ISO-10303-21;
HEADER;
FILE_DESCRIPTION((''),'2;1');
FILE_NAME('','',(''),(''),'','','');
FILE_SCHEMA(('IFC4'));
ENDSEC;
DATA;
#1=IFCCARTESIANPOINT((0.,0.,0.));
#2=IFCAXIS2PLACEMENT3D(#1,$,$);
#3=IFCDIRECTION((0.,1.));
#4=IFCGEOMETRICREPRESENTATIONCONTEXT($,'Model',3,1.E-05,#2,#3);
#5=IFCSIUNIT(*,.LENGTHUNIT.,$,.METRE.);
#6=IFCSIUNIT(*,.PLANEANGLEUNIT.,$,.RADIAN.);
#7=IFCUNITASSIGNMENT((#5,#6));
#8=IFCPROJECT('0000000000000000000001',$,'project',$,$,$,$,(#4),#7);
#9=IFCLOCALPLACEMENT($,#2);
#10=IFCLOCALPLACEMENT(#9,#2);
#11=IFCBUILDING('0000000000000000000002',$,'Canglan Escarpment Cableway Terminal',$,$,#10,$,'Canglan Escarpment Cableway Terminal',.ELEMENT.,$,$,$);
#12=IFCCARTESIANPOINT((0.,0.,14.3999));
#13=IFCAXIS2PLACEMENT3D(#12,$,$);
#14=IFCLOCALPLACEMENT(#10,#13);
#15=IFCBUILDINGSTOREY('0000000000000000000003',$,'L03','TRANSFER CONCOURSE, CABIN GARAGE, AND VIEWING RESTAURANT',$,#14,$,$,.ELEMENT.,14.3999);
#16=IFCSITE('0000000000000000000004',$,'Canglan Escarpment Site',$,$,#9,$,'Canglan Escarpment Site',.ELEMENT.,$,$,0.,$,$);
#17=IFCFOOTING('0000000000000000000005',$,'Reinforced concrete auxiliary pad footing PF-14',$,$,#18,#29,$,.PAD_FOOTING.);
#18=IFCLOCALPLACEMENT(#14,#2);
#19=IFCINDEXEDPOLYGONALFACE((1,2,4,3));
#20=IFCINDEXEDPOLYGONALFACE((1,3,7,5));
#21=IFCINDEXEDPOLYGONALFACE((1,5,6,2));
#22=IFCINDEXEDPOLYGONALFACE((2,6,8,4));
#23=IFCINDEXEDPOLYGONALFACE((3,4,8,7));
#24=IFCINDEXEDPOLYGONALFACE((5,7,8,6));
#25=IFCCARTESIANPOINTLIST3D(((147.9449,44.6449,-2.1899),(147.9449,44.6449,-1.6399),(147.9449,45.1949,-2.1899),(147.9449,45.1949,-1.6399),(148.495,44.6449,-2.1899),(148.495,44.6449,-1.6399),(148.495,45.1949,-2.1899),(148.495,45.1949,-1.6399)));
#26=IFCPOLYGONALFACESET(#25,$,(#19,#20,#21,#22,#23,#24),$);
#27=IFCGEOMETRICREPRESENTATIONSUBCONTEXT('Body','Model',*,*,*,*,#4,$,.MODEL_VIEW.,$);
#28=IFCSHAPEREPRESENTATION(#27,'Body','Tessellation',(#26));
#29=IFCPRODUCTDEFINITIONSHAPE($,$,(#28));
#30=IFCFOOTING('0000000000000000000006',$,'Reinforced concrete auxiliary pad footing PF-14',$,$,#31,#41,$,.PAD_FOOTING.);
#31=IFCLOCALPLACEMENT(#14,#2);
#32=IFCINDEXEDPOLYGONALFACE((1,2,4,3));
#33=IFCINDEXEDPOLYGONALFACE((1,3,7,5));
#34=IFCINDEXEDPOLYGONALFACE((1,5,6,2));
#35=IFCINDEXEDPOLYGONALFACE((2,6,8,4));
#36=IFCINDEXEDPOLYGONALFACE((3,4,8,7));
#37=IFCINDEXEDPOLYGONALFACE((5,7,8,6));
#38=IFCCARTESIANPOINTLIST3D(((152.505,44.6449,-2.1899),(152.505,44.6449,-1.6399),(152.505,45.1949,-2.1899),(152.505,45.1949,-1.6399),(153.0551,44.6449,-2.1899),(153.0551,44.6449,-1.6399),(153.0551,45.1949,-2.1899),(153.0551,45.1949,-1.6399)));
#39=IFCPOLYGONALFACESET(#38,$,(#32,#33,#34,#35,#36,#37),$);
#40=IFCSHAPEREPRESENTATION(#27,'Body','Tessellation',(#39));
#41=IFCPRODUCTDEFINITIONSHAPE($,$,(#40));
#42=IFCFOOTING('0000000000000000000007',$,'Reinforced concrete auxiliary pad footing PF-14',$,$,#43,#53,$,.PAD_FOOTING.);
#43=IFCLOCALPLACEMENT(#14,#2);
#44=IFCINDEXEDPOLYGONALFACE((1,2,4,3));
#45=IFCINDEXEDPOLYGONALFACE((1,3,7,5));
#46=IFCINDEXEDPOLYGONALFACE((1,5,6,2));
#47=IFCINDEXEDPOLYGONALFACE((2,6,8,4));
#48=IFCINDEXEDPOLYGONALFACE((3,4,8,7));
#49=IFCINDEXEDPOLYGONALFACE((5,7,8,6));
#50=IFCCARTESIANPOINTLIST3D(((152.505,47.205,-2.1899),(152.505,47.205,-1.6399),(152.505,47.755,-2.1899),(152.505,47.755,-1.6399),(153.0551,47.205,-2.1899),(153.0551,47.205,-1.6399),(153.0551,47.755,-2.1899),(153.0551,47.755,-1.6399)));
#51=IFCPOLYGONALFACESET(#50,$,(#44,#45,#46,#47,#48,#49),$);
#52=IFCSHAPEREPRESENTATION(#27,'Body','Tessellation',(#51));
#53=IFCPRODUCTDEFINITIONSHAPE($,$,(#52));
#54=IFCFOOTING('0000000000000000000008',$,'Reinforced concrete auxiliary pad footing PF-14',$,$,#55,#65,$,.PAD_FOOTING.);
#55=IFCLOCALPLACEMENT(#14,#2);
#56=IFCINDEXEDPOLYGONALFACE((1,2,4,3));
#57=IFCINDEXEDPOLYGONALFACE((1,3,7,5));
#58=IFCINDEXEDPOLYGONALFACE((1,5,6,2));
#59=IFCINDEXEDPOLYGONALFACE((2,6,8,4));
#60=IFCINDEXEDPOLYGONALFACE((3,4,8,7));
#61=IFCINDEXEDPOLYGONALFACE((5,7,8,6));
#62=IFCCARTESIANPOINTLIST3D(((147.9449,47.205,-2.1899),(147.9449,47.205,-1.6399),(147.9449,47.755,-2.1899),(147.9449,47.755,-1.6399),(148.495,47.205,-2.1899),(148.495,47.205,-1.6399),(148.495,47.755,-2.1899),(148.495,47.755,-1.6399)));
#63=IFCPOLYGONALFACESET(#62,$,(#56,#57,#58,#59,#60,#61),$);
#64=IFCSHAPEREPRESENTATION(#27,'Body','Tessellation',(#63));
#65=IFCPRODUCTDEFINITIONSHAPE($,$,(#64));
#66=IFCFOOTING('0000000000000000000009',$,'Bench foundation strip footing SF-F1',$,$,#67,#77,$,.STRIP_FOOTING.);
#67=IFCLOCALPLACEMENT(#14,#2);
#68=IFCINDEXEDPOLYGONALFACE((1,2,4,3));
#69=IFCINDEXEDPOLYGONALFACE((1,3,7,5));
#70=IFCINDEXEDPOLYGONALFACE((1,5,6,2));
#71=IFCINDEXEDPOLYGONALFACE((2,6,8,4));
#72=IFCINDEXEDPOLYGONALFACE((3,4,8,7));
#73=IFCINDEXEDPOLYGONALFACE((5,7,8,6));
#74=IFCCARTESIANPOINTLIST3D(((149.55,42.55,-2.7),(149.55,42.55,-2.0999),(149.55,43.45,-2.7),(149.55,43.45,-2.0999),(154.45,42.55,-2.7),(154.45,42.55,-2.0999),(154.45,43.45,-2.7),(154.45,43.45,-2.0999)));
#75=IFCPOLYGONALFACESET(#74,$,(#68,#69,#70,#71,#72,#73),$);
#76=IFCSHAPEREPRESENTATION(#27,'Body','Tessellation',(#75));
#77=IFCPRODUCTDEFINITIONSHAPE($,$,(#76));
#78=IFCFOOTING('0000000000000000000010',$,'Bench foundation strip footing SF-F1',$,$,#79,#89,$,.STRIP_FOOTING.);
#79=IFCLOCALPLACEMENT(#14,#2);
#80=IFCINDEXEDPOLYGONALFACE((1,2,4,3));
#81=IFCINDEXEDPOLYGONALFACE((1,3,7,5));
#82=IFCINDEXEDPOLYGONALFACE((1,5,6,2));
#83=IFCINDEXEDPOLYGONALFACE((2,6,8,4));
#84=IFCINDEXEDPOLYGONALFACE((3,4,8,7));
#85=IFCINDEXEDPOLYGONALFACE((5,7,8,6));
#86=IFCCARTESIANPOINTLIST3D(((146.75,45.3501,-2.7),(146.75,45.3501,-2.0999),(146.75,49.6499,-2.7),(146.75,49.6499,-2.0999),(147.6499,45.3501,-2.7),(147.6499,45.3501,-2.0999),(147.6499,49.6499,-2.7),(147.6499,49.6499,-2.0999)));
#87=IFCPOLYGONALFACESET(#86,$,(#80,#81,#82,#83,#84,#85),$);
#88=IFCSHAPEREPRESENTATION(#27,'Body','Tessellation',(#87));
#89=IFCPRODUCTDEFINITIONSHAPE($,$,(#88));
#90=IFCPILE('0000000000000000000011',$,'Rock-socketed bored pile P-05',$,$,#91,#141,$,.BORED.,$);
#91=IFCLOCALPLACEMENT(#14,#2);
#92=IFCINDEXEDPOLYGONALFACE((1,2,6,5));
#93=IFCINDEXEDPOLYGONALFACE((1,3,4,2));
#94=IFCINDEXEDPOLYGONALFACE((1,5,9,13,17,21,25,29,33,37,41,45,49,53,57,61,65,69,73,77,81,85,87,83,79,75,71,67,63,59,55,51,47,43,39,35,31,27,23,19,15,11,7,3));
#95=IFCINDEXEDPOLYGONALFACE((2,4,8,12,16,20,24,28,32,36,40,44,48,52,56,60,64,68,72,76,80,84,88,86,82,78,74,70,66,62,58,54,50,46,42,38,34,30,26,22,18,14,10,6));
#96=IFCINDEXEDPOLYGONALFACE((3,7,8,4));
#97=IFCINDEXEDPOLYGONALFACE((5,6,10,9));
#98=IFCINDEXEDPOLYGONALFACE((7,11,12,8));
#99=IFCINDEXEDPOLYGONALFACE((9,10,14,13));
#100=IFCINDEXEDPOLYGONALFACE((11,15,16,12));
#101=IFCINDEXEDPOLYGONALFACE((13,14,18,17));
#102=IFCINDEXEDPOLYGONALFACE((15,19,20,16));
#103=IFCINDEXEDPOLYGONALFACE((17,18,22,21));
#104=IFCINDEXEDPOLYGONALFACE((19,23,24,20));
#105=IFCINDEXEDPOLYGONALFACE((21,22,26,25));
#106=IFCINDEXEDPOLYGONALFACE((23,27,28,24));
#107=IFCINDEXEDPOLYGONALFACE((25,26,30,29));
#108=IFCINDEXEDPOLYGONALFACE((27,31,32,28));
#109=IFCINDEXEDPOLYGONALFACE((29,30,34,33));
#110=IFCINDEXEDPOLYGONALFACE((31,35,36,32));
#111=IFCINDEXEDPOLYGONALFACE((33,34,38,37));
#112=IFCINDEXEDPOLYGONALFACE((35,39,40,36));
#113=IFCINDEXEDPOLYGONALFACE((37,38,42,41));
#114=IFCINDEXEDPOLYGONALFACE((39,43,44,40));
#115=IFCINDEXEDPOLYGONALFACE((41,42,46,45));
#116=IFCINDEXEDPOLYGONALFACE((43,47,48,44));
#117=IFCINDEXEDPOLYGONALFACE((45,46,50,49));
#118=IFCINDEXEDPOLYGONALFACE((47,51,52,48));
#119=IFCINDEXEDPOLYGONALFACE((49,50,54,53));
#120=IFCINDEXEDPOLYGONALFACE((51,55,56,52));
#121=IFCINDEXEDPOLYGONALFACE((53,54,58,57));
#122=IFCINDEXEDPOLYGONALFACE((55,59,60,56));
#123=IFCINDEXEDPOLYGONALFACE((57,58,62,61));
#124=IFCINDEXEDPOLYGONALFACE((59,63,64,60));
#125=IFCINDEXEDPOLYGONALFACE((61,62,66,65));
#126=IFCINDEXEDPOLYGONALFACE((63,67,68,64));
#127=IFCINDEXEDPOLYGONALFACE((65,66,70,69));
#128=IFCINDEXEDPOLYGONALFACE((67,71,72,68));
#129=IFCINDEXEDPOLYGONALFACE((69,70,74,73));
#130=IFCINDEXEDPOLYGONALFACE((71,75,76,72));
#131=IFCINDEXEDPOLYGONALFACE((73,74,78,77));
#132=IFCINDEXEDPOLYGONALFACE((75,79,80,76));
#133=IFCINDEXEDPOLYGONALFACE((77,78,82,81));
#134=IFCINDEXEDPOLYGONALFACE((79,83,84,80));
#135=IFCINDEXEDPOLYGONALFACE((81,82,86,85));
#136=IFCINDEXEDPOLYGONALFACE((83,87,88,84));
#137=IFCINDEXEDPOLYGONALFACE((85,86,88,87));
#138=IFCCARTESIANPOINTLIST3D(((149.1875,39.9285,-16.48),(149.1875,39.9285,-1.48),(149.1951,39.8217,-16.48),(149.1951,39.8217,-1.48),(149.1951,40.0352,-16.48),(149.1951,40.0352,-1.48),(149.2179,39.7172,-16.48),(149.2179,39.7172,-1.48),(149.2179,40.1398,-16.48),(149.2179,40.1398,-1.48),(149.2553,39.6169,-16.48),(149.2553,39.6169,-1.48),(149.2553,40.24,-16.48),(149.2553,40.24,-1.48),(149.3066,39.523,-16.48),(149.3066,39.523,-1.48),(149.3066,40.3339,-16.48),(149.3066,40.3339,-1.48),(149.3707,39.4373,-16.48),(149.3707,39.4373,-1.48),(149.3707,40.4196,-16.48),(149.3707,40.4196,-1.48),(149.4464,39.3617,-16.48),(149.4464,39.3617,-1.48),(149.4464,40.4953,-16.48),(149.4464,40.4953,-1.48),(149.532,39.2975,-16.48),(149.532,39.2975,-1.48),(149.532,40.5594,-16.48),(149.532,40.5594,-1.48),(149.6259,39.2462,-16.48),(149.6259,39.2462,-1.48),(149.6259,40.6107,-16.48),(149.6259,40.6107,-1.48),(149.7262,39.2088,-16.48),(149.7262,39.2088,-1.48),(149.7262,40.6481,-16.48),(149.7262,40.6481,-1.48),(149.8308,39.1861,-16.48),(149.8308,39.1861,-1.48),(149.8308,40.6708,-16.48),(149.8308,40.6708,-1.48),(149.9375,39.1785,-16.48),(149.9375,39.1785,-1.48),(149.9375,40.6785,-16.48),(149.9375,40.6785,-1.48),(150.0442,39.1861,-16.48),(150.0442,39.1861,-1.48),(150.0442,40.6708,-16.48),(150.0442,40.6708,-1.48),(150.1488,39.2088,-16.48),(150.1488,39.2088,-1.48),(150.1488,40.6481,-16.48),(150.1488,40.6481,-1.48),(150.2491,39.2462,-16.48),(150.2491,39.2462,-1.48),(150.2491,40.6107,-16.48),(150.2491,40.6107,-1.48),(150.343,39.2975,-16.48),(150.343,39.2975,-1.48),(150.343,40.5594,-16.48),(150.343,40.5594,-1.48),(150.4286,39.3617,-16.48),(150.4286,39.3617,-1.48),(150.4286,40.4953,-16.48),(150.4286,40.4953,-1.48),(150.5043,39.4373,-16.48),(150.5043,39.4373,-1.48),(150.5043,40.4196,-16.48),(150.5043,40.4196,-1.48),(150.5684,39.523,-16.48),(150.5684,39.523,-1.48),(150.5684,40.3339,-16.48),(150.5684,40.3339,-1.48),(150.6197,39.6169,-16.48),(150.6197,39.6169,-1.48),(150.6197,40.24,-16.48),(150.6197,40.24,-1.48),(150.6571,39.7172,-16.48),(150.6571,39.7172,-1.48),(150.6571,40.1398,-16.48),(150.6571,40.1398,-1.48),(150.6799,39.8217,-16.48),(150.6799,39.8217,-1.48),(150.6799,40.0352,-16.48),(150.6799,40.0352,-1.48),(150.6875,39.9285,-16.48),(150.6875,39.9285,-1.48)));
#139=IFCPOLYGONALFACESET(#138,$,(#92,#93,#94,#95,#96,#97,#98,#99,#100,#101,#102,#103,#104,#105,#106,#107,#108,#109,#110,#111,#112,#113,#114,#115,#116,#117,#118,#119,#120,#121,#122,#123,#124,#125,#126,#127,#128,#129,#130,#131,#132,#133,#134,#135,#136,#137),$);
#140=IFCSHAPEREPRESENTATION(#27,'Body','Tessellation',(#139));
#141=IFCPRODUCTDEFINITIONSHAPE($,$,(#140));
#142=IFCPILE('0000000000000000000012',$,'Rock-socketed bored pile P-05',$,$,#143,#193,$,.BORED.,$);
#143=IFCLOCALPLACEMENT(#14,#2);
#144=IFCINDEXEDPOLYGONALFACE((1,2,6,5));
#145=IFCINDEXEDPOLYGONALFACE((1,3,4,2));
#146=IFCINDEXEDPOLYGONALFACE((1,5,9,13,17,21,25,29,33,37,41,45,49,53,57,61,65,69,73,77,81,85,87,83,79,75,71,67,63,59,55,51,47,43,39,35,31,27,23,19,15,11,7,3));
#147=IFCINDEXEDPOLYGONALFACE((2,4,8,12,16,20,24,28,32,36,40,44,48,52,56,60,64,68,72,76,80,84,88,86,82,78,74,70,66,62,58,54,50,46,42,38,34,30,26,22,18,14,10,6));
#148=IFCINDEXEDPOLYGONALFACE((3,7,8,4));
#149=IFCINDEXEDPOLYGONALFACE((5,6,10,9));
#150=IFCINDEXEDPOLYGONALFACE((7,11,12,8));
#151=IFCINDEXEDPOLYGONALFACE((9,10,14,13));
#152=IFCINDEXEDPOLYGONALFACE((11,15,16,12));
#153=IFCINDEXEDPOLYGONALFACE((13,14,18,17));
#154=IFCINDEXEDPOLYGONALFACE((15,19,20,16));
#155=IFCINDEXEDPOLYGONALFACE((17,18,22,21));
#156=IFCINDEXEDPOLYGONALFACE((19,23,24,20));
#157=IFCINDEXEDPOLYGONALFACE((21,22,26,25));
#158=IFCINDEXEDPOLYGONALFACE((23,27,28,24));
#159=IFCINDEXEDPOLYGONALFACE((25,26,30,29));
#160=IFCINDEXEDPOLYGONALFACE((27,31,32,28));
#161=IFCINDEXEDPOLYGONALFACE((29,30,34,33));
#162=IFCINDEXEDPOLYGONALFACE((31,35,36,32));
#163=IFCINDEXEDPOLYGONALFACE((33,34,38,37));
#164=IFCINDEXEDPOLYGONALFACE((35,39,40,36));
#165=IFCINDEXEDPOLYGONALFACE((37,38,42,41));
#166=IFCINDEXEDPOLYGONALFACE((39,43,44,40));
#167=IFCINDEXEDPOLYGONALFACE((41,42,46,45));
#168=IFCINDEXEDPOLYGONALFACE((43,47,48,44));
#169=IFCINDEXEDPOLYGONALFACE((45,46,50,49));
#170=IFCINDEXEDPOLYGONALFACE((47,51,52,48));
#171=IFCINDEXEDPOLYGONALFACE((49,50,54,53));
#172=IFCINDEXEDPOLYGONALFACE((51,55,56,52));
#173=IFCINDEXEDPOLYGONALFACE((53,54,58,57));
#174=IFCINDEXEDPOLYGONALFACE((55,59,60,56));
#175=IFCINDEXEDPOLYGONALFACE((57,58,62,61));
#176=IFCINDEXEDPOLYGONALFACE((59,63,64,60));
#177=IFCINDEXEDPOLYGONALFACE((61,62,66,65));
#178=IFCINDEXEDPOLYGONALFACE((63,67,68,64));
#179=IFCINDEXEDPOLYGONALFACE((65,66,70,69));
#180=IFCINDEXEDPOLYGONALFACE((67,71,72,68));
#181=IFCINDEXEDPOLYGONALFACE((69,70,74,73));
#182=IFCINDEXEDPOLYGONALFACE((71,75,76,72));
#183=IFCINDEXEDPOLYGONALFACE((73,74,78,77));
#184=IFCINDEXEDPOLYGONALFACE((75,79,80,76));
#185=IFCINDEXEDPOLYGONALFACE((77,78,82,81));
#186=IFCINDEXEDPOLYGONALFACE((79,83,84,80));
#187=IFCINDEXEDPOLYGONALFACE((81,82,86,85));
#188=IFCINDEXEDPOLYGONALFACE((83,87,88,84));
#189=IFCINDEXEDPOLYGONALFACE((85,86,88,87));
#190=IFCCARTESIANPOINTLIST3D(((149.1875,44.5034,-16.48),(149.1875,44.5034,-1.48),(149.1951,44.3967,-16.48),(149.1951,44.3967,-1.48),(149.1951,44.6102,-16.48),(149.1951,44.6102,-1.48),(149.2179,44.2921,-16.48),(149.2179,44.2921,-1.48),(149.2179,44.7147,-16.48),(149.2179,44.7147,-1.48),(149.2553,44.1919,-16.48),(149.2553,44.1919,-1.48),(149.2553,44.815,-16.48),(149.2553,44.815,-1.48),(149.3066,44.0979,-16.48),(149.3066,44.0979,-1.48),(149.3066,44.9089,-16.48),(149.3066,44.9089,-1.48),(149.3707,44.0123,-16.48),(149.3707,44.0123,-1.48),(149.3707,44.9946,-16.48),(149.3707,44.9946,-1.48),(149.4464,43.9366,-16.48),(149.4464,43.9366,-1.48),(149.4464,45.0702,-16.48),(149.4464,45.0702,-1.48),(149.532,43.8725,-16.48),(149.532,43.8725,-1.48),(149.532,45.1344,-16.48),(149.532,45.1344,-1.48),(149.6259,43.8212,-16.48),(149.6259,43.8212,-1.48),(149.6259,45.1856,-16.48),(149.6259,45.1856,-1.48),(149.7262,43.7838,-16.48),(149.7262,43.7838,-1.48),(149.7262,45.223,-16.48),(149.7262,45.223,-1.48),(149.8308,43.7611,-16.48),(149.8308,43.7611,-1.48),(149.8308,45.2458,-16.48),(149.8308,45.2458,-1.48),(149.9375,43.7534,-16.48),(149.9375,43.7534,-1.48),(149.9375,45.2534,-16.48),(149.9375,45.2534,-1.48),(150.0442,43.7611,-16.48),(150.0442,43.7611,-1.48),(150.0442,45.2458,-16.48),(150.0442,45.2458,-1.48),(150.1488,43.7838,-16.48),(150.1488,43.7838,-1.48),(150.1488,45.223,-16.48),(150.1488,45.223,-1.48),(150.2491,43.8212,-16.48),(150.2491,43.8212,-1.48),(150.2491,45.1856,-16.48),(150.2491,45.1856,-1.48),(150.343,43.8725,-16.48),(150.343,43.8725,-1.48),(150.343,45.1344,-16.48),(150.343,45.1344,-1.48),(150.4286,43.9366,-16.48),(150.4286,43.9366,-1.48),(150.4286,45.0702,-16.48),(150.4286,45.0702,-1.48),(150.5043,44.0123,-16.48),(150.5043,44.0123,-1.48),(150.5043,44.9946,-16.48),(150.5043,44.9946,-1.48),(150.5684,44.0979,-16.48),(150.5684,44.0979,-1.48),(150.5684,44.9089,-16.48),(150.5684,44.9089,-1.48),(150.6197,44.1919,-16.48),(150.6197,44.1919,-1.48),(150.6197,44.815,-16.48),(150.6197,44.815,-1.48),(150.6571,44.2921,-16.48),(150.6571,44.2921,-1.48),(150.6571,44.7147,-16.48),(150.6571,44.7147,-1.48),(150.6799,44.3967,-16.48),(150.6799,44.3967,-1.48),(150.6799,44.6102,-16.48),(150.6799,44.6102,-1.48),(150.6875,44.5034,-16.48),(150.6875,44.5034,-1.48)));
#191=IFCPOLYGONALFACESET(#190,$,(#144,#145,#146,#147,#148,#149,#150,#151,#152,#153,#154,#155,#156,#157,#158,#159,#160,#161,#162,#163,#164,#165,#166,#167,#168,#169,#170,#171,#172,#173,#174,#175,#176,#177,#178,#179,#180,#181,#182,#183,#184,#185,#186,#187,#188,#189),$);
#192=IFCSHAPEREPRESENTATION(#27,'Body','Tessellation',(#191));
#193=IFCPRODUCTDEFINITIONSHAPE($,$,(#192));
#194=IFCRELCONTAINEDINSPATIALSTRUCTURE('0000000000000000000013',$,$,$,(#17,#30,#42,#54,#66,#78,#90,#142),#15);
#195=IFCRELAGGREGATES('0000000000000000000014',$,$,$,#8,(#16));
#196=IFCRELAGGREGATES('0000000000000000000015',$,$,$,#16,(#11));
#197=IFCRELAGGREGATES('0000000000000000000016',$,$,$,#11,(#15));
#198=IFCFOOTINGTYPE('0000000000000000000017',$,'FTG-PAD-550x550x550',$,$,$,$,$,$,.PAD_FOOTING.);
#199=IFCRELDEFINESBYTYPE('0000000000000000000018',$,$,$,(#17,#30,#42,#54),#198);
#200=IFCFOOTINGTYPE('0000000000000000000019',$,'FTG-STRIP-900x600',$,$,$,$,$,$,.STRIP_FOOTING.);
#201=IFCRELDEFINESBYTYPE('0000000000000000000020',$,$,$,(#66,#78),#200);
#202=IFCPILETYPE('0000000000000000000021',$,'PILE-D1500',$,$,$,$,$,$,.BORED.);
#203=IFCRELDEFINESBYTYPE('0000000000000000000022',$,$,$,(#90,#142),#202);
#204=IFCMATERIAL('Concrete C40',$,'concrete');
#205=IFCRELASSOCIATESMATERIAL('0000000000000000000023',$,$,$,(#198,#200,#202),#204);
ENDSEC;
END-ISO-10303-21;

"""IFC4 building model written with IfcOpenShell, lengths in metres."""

from ifc_helpers import new_model, si_unit, direction, frame, origin, origin_2d, place, context, subcontext, project, spatial, rectangle, circle, extrude, material, material_profile, profile_set, type_object, element, save


model = new_model("IFC4")

# Units and contexts
model_context = context("Model", 3, precision=1e-05, world=origin(), true_north=direction((0.0, 1.0)))
body_context = subcontext(model_context, "Body", "Model", "MODEL_VIEW")
ifc_project = project(units=[si_unit("LENGTHUNIT", "METRE"), si_unit("PLANEANGLEUNIT", "RADIAN")], contexts=[model_context])

# Site, building, storey
site_placement = place(None, origin())
site = spatial("IfcSite", under=ifc_project, at=site_placement, Name="Canglan Escarpment Site", LongName="Canglan Escarpment Site", CompositionType="ELEMENT", RefElevation=0.0)
building_placement = place(site_placement, origin())
building = spatial("IfcBuilding", under=site, at=building_placement, Name="Canglan Escarpment Cableway Terminal", LongName="Canglan Escarpment Cableway Terminal", CompositionType="ELEMENT")
storey_placement = place(building_placement, frame((0.0, 0.0, 14.3999)))
storey = spatial("IfcBuildingStorey", under=building, at=storey_placement, Name="L03", Description="TRANSFER CONCOURSE, CABIN GARAGE, AND VIEWING RESTAURANT", CompositionType="ELEMENT", Elevation=14.3999)

# Footings
ifc_material_1 = material(Name="Concrete C40", Category="concrete")
footing_type_1 = type_object("IfcFootingType", Name="FTG-PAD-550x550x550", PredefinedType="PAD_FOOTING", material=ifc_material_1)
for number, where, z_axis, x_axis, name in (
    (1, (148.22, 44.9199, -2.1899), (0.0, 0.0, 1.0), (1.0, 0.0, 0.0), "Reinforced concrete auxiliary pad footing PF-14"),
    (2, (152.78, 44.9199, -2.1899), (0.0, 0.0, 1.0), (1.0, 0.0, 0.0), "Reinforced concrete auxiliary pad footing PF-14"),
    (3, (152.78, 47.48, -2.1899), (0.0, 0.0, 1.0), (1.0, 0.0, 0.0), "Reinforced concrete auxiliary pad footing PF-14"),
    (4, (148.22, 47.48, -2.1899), (0.0, 0.0, 1.0), (1.0, 0.0, 0.0), "Reinforced concrete auxiliary pad footing PF-14"),
):
    element("IfcFooting", number, at=place(storey_placement, frame(where, z_axis=z_axis, x_axis=x_axis)), inside=storey, type_object=footing_type_1, Name=name, PredefinedType="PAD_FOOTING", context=body_context, shape_type="SweptSolid", body=[
        extrude(rectangle(XDim=0.55, YDim=0.55, at=origin_2d()), origin(), (0.0, 0.0, 1.0), 0.55),
    ])
ifc_material_profile_1 = material_profile(ifc_material_1, rectangle(XDim=0.8999, YDim=0.6001, at=origin_2d()), Name="SF 900x600")
ifc_profile_set_1 = profile_set([ifc_material_profile_1], Name="Concrete C40")
footing_type_2 = type_object("IfcFootingType", Name="FTG-STRIP-900x600", PredefinedType="STRIP_FOOTING", material=ifc_profile_set_1)
footing_1_placement = place(storey_placement, frame((149.55, 43.0, -2.3999), z_axis=(1.0, 0.0, 0.0), x_axis=(0.0, 1.0, 0.0)))
element("IfcFooting", 5, at=footing_1_placement, inside=storey, type_object=footing_type_2, Name="Bench foundation strip footing SF-F1", PredefinedType="STRIP_FOOTING", context=body_context, shape_type="SweptSolid", body=[
    extrude(rectangle(XDim=0.8999, YDim=0.6001, at=origin_2d()), origin(), (0.0, 0.0, 1.0), 4.8999),
])
footing_2_placement = place(storey_placement, frame((147.2, 45.3501, -2.3999), z_axis=(0.0, 1.0, 0.0), x_axis=(-1.0, 0.0, 0.0)))
element("IfcFooting", 6, at=footing_2_placement, inside=storey, type_object=footing_type_2, Name="Bench foundation strip footing SF-F1", PredefinedType="STRIP_FOOTING", context=body_context, shape_type="SweptSolid", body=[
    extrude(rectangle(XDim=0.8999, YDim=0.6001, at=origin_2d()), origin(), (0.0, 0.0, 1.0), 4.2998),
])

# Piles
ifc_material_profile_2 = material_profile(ifc_material_1, circle(Radius=0.75, at=origin_2d()), Name="BORED PILE D1500")
ifc_profile_set_2 = profile_set([ifc_material_profile_2], Name="Concrete C40")
pile_type = type_object("IfcPileType", Name="PILE-D1500", PredefinedType="BORED", material=ifc_profile_set_2)
for number, where, z_axis, x_axis, name in (
    (7, (149.9375, 39.9285, -1.48), (0.0, 0.0, -1.0), (1.0, 0.0, 0.0), "Rock-socketed bored pile P-05"),
    (8, (149.9375, 44.5034, -1.48), (0.0, 0.0, -1.0), (1.0, 0.0, 0.0), "Rock-socketed bored pile P-05"),
):
    element("IfcPile", number, at=place(storey_placement, frame(where, z_axis=z_axis, x_axis=x_axis)), inside=storey, type_object=pile_type, Name=name, PredefinedType="BORED", context=body_context, shape_type="SweptSolid", body=[
        extrude(circle(Radius=0.75, at=origin_2d()), origin(), (0.0, 0.0, 1.0), 15.0),
    ])

save(model, "model.ifc")
